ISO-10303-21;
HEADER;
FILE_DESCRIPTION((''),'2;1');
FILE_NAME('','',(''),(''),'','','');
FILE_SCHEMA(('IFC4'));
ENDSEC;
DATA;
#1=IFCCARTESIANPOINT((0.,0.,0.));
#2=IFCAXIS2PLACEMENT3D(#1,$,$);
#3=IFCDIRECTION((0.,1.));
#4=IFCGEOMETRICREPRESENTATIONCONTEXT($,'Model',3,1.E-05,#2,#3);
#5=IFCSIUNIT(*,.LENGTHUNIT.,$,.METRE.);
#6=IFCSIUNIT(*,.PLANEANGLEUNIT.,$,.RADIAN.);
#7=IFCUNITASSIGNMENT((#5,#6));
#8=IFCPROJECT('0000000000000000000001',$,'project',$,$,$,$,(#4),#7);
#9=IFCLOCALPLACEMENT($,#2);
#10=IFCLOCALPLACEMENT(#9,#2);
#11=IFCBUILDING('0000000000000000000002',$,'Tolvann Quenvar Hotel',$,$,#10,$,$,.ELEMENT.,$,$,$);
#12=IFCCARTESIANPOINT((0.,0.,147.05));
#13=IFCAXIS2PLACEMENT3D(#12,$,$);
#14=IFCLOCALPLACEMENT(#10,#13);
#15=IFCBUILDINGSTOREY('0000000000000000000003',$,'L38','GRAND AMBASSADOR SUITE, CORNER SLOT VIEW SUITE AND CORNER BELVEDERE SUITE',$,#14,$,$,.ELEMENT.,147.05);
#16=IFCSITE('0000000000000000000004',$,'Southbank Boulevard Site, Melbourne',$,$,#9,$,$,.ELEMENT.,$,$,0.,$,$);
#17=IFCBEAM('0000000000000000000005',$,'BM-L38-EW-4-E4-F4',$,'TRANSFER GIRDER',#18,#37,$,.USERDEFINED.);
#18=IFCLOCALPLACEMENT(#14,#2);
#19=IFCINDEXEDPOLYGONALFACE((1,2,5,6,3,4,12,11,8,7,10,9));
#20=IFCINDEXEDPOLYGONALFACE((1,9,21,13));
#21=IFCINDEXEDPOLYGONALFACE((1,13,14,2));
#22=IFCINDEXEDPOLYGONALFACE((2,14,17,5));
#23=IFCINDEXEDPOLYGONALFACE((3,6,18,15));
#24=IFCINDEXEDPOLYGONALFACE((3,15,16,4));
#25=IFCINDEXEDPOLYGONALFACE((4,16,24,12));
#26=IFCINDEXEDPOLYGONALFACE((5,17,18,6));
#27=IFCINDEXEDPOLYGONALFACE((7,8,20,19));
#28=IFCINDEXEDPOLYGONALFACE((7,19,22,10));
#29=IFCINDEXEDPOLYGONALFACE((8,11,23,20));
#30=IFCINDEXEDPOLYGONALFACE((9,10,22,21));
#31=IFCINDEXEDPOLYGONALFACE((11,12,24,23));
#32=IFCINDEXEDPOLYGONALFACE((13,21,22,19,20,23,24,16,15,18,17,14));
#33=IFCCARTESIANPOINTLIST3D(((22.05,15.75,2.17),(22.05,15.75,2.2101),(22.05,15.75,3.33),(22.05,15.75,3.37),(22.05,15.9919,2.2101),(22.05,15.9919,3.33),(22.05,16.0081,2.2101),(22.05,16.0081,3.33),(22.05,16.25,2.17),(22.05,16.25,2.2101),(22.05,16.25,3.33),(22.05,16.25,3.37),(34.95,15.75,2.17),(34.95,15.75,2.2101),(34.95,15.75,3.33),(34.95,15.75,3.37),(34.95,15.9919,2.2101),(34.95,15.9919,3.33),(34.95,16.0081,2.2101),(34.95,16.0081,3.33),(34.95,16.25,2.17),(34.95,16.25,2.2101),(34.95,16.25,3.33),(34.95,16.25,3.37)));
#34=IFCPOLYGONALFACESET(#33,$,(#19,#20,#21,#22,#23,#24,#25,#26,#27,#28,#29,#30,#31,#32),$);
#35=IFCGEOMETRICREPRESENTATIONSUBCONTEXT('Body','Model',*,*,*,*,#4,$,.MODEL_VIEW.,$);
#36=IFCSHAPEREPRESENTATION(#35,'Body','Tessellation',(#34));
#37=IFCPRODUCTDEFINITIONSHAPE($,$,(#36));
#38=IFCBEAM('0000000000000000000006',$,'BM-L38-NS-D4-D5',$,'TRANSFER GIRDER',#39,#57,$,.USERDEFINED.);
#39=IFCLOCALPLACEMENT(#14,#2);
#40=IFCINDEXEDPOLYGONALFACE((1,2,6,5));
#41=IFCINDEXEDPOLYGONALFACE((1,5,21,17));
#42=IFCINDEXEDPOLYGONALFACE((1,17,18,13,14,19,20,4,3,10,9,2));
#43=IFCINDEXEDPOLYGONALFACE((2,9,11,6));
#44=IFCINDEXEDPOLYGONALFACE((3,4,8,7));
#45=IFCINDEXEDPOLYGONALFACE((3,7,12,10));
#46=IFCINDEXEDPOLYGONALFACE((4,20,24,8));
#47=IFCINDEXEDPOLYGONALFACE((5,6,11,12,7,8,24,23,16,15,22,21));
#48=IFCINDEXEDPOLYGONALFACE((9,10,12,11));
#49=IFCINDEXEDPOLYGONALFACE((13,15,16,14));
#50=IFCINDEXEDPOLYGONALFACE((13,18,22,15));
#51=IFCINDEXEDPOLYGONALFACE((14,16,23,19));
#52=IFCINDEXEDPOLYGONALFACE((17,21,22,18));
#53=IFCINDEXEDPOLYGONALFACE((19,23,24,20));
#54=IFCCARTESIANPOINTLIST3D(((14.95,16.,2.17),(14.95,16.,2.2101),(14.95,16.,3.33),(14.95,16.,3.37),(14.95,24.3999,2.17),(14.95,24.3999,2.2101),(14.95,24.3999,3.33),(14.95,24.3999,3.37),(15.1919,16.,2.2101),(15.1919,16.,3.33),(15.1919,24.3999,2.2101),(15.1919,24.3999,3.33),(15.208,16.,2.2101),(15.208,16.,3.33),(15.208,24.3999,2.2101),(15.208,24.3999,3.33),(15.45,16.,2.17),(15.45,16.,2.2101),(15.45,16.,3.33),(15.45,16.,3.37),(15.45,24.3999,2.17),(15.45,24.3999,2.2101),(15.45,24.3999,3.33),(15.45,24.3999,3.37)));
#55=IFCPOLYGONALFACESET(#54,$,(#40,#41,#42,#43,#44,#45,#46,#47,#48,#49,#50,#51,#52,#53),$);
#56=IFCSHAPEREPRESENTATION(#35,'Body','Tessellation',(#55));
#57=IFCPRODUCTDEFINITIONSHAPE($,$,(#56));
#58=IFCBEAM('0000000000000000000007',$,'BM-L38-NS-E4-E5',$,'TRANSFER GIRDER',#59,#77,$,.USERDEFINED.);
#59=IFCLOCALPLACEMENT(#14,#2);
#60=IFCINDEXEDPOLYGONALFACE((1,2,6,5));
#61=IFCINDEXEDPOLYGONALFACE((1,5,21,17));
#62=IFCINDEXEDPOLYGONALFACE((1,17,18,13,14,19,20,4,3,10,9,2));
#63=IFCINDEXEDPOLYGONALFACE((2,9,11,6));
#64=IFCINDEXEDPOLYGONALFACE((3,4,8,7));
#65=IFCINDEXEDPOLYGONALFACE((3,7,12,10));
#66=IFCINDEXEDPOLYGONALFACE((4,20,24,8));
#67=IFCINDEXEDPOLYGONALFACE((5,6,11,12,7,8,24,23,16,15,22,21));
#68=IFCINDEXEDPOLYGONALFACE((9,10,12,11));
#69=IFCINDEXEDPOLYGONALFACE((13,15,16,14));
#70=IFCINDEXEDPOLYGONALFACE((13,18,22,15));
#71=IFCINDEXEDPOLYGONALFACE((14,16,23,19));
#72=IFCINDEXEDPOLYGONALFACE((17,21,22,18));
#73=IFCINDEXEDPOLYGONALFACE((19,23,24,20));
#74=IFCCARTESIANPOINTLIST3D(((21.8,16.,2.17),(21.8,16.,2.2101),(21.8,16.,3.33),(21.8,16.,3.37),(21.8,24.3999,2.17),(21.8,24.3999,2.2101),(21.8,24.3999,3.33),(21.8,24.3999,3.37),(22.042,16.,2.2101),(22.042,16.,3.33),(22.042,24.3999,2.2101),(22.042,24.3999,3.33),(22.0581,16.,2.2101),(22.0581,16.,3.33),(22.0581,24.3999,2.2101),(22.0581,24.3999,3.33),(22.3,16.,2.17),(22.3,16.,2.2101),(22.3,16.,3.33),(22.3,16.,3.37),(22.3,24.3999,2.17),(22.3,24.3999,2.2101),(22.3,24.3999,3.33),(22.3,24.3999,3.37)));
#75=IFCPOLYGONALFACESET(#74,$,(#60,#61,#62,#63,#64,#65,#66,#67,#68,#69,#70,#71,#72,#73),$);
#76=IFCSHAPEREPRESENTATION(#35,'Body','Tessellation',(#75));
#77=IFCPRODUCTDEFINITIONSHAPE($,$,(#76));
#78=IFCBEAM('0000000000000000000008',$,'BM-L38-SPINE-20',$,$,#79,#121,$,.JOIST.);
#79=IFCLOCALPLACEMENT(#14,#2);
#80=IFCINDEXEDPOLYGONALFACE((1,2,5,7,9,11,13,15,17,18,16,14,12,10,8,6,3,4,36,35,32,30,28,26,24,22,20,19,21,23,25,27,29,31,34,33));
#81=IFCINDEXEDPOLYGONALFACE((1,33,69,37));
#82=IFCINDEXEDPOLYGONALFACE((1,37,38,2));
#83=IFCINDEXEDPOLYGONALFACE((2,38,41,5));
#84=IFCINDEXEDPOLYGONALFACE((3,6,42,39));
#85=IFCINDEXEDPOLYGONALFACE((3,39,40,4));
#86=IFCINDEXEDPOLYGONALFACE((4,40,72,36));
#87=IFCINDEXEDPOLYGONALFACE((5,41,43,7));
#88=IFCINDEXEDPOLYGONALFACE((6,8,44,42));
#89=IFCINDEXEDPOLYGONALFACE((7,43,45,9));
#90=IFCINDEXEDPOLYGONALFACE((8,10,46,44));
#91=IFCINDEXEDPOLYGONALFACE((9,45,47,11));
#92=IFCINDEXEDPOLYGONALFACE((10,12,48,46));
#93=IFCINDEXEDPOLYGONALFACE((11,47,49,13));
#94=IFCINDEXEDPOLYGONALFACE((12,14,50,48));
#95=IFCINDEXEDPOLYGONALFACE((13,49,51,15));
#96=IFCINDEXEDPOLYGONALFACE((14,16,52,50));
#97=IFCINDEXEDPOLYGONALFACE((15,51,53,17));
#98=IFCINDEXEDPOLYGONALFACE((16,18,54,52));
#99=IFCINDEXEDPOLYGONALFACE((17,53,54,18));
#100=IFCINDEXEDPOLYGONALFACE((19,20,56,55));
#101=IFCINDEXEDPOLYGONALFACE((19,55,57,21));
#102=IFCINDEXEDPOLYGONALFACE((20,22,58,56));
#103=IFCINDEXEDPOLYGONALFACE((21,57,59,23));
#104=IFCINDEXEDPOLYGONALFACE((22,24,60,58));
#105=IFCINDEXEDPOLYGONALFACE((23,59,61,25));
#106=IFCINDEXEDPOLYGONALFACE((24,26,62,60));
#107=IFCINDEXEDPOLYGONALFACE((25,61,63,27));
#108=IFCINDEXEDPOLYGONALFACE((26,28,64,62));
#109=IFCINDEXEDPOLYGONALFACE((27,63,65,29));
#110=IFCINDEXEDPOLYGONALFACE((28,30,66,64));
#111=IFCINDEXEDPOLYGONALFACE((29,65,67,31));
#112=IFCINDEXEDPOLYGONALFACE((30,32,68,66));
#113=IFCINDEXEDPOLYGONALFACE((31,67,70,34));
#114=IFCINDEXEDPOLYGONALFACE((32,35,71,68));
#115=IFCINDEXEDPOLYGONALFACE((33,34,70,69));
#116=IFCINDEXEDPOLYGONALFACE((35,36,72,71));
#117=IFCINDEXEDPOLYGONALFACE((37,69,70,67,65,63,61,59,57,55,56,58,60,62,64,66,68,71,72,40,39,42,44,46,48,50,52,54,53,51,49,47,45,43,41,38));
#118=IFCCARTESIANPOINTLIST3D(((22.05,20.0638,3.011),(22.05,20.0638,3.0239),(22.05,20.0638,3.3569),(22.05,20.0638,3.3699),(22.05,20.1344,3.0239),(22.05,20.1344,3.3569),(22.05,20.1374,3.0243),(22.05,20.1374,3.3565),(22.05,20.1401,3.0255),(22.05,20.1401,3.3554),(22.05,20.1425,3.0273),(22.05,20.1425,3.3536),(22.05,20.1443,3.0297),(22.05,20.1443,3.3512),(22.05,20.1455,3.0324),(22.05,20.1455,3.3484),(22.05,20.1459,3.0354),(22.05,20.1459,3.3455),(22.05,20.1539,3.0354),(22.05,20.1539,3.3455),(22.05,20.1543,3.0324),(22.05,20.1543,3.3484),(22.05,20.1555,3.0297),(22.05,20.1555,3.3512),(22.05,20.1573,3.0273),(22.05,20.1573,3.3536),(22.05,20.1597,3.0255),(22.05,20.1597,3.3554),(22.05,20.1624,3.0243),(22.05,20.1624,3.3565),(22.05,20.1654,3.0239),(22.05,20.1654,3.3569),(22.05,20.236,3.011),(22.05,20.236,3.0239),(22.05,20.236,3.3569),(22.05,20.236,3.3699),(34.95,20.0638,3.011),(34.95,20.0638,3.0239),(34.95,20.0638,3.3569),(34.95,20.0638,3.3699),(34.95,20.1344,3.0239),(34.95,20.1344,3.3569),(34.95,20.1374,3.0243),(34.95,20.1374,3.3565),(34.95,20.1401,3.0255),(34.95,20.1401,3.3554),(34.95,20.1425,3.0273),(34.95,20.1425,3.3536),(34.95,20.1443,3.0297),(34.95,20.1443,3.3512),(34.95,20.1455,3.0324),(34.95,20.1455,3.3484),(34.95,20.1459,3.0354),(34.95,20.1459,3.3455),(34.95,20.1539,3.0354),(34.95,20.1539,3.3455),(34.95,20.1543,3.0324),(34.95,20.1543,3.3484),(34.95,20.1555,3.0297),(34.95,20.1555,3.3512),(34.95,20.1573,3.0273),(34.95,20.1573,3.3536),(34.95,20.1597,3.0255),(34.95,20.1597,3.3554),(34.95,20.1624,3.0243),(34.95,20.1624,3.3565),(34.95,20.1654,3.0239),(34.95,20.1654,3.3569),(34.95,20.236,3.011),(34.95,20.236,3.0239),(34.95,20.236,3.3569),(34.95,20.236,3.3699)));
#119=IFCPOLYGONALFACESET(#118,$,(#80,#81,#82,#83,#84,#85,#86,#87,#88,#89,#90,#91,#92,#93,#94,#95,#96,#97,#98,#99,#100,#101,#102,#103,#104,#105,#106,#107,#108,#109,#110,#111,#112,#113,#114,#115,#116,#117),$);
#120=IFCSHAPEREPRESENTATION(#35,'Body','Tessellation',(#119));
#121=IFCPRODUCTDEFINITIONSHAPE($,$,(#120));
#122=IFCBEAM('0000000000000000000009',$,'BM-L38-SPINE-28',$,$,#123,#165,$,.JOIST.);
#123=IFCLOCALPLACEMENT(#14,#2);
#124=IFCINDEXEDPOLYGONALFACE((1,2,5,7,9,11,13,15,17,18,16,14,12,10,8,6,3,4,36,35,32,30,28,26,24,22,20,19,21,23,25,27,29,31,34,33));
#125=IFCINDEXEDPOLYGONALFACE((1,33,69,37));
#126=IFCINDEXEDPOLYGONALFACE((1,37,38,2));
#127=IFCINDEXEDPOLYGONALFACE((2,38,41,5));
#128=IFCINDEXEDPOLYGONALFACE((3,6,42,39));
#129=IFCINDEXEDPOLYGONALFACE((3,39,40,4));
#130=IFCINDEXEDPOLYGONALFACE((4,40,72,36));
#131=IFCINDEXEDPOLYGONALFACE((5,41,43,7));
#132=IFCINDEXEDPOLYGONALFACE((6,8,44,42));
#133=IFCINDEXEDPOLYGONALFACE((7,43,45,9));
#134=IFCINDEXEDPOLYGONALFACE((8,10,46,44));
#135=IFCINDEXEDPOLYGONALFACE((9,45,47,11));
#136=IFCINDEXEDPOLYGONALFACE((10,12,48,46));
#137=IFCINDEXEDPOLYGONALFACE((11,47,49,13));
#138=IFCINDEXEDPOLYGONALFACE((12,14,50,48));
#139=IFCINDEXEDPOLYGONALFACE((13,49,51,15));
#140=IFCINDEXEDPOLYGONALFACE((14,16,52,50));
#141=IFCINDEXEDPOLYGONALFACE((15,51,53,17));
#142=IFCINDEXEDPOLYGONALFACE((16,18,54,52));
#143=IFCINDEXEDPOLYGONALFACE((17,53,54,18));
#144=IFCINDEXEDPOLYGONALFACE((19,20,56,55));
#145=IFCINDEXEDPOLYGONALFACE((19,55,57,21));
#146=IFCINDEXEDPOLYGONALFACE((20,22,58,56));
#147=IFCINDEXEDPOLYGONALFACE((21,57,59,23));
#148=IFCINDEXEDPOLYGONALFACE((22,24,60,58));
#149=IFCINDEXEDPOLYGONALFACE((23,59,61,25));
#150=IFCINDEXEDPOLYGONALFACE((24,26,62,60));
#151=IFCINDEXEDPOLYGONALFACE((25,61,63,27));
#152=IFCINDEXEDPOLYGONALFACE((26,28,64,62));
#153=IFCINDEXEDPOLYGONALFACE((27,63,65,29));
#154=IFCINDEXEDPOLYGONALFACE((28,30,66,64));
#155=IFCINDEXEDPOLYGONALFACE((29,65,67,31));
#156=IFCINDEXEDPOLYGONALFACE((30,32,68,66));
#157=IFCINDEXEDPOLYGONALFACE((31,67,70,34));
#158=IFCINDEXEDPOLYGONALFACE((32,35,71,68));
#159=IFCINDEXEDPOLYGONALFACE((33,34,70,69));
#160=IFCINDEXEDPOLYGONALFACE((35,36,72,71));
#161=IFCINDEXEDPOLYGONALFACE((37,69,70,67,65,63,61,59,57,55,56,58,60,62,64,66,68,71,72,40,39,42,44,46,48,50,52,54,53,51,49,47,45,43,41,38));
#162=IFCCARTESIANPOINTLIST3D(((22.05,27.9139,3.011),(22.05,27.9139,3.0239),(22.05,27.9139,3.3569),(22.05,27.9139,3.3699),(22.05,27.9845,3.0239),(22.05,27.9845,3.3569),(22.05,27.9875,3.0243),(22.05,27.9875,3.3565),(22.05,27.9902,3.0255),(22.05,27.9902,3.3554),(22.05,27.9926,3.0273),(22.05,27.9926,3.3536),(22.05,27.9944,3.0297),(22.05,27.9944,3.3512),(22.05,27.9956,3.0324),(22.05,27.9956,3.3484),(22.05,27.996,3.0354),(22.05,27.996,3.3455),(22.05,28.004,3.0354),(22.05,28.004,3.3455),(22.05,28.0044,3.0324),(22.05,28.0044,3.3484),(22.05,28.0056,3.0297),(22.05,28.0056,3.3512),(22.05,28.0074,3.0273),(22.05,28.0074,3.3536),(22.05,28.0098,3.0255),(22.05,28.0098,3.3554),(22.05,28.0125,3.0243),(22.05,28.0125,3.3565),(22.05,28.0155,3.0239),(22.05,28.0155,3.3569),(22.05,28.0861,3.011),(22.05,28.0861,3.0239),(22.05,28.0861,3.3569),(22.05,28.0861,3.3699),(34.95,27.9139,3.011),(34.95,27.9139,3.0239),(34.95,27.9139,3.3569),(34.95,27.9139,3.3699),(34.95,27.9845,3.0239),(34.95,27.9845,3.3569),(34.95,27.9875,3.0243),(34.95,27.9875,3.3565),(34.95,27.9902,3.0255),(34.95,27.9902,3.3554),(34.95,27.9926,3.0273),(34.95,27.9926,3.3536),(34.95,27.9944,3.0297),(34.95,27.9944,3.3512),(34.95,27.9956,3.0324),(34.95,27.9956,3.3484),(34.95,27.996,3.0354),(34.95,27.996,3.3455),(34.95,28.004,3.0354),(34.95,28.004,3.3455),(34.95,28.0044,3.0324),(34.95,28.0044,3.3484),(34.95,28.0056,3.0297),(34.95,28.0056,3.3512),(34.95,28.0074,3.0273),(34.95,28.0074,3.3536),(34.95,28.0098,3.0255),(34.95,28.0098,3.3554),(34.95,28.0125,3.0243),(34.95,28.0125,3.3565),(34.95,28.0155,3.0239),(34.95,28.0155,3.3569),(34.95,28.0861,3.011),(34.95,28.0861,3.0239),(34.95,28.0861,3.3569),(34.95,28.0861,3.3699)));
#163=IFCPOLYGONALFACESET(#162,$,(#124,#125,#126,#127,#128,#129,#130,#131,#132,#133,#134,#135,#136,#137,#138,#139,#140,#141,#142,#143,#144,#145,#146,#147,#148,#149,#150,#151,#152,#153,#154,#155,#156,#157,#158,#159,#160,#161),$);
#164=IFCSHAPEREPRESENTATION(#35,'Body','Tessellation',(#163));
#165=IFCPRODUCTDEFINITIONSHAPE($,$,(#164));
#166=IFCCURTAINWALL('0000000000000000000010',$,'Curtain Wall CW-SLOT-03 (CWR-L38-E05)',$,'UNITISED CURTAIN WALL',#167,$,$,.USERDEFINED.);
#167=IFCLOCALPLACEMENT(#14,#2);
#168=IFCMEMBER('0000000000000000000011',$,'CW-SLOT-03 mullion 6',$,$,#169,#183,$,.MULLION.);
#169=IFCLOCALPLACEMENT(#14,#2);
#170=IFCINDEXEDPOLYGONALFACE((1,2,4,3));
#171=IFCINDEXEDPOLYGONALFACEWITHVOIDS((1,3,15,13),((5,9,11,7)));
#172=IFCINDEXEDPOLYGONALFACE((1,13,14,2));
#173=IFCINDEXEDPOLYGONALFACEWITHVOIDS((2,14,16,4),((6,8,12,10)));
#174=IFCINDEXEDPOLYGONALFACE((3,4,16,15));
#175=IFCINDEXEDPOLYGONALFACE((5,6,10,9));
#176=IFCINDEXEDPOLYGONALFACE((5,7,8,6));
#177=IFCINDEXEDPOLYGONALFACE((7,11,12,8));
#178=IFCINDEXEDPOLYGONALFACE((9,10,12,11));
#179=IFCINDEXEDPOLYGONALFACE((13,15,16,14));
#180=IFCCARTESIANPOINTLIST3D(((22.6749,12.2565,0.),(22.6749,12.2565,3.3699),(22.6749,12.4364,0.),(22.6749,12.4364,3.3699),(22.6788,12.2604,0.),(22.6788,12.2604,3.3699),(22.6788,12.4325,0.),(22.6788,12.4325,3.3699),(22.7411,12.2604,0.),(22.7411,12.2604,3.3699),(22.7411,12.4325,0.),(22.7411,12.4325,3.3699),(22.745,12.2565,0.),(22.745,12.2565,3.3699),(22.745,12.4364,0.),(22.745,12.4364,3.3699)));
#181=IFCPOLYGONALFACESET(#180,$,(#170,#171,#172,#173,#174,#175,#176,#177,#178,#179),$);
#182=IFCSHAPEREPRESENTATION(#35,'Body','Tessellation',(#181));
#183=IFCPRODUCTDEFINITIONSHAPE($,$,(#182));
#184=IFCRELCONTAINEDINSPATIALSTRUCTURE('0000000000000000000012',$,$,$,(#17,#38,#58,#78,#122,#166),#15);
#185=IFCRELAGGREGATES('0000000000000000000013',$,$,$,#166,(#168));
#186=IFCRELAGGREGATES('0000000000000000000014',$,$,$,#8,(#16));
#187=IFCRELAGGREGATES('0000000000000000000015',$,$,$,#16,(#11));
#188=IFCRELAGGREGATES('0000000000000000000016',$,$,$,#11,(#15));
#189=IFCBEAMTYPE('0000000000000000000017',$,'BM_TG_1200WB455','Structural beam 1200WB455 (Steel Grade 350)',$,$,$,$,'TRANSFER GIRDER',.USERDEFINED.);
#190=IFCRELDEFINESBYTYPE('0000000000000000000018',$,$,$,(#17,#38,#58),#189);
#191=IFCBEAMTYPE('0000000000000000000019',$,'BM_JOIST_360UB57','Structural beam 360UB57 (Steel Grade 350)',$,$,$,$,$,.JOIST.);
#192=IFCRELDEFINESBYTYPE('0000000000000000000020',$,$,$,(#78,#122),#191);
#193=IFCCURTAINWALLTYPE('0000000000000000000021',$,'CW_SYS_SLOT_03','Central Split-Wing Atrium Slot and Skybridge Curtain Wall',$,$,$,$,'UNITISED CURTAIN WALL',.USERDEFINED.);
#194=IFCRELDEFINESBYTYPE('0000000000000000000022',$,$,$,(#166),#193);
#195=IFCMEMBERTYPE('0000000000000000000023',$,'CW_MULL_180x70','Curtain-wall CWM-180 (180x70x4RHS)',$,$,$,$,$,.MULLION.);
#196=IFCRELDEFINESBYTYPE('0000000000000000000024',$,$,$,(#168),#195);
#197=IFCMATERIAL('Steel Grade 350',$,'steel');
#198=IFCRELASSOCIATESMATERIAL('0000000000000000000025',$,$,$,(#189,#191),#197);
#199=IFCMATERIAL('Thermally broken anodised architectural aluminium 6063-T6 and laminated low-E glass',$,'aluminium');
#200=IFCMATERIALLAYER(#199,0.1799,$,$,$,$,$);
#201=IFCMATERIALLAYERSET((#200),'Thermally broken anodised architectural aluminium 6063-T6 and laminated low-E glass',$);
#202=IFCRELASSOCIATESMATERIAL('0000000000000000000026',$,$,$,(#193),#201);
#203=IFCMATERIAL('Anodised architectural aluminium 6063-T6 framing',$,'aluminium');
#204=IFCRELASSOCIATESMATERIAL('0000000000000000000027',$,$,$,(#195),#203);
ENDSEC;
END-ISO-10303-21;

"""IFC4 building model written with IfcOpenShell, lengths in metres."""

from ifc_helpers import new_model, si_unit, direction, frame, origin, origin_2d, place, context, subcontext, project, spatial, hollow_rectangle, i_section, extrude, source, transform, mapped, material, layer, layer_set, material_profile, profile_set, type_object, type_shapes, element, aggregate, save


model = new_model("IFC4")

# Units and contexts
model_context = context("Model", 3, precision=1e-05, world=origin(), true_north=direction((0.0, 1.0)))
body_context = subcontext(model_context, "Body", "Model", "MODEL_VIEW")
ifc_project = project(units=[si_unit("LENGTHUNIT", "METRE"), si_unit("PLANEANGLEUNIT", "RADIAN")], contexts=[model_context])

# Site, building, storey
site_placement = place(None, origin())
site = spatial("IfcSite", under=ifc_project, at=site_placement, Name="Southbank Boulevard Site, Melbourne", CompositionType="ELEMENT", RefElevation=0.0)
building_placement = place(site_placement, origin())
building = spatial("IfcBuilding", under=site, at=building_placement, Name="Tolvann Quenvar Hotel", CompositionType="ELEMENT")
storey_placement = place(building_placement, frame((0.0, 0.0, 147.05)))
storey = spatial("IfcBuildingStorey", under=building, at=storey_placement, Name="L38", Description="GRAND AMBASSADOR SUITE, CORNER SLOT VIEW SUITE AND CORNER BELVEDERE SUITE", CompositionType="ELEMENT", Elevation=147.05)

# Shared definitions
ifc_material_1 = material(Name="Steel Grade 350", Category="steel")

# Beams
ifc_material_profile_1 = material_profile(ifc_material_1, i_section(OverallWidth=0.5, OverallDepth=1.2, WebThickness=0.0161, FlangeThickness=0.04, at=origin_2d()), Name="1200WB455")
ifc_profile_set_1 = profile_set([ifc_material_profile_1], Name="Steel Grade 350")
beam_type_1 = type_object("IfcBeamType", Name="BM_TG_1200WB455", Description="Structural beam 1200WB455 (Steel Grade 350)", ElementType="TRANSFER GIRDER", PredefinedType="USERDEFINED", material=ifc_profile_set_1)
shared_shape_1 = source(origin(), body_context, "Body", "SweptSolid", [
    extrude(i_section(OverallWidth=0.5, OverallDepth=1.2, WebThickness=0.0161, FlangeThickness=0.04, at=origin_2d()), origin(), (0.0, 0.0, 1.0), 12.8999),
])
beam_1_placement = place(storey_placement, frame((22.05, 16.0, 2.77), z_axis=(1.0, 0.0, 0.0), x_axis=(0.0, 1.0, 0.0)))
element("IfcBeam", 1, at=beam_1_placement, inside=storey, type_object=beam_type_1, Name="BM-L38-EW-4-E4-F4", ObjectType="TRANSFER GIRDER", PredefinedType="USERDEFINED", context=body_context, shape_type="MappedRepresentation", body=[
    mapped(shared_shape_1, transform((0.0, 0.0, 0.0), x_axis=(1.0, 0.0, 0.0), y_axis=(0.0, 1.0, 0.0), z_axis=(0.0, 0.0, 1.0), scale=1.0)),
])
shared_shape_2 = source(origin(), body_context, "Body", "SweptSolid", [
    extrude(i_section(OverallWidth=0.5, OverallDepth=1.2, WebThickness=0.0161, FlangeThickness=0.04, at=origin_2d()), origin(), (0.0, 0.0, 1.0), 8.3999),
])
for number, where, z_axis, x_axis, name in (
    (2, (15.2, 16.0, 2.77), (0.0, 1.0, 0.0), (-1.0, 0.0, 0.0), "BM-L38-NS-D4-D5"),
    (3, (22.05, 16.0, 2.77), (0.0, 1.0, 0.0), (-1.0, 0.0, 0.0), "BM-L38-NS-E4-E5"),
):
    element("IfcBeam", number, at=place(storey_placement, frame(where, z_axis=z_axis, x_axis=x_axis)), inside=storey, type_object=beam_type_1, Name=name, ObjectType="TRANSFER GIRDER", PredefinedType="USERDEFINED", context=body_context, shape_type="MappedRepresentation", body=[
        mapped(shared_shape_2, transform((0.0, 0.0, 0.0), x_axis=(1.0, 0.0, 0.0), y_axis=(0.0, 1.0, 0.0), z_axis=(0.0, 0.0, 1.0), scale=1.0)),
    ])
ifc_material_profile_2 = material_profile(ifc_material_1, i_section(OverallWidth=0.1721, OverallDepth=0.3589, WebThickness=0.0081, FlangeThickness=0.0129, FilletRadius=0.0115, at=origin_2d()), Name="360UB57")
ifc_profile_set_2 = profile_set([ifc_material_profile_2], Name="Steel Grade 350")
beam_type_2 = type_object("IfcBeamType", Name="BM_JOIST_360UB57", Description="Structural beam 360UB57 (Steel Grade 350)", PredefinedType="JOIST", material=ifc_profile_set_2)
shared_shape_3 = source(origin(), body_context, "Body", "SweptSolid", [
    extrude(i_section(OverallWidth=0.1721, OverallDepth=0.3589, WebThickness=0.0081, FlangeThickness=0.0129, FilletRadius=0.0115, at=origin_2d()), origin(), (0.0, 0.0, 1.0), 12.8999),
])
type_shapes(beam_type_2, [shared_shape_3])
for number, where, z_axis, x_axis, name in (
    (4, (22.05, 20.1499, 3.1904), (1.0, 0.0, 0.0), (0.0, 1.0, 0.0), "BM-L38-SPINE-20"),
    (5, (22.05, 28.0, 3.1904), (1.0, 0.0, 0.0), (0.0, 1.0, 0.0), "BM-L38-SPINE-28"),
):
    element("IfcBeam", number, at=place(storey_placement, frame(where, z_axis=z_axis, x_axis=x_axis)), inside=storey, type_object=beam_type_2, Name=name, PredefinedType="JOIST", context=body_context, shape_type="MappedRepresentation", body=[
        mapped(shared_shape_3, transform((0.0, 0.0, 0.0), x_axis=(1.0, 0.0, 0.0), y_axis=(0.0, 1.0, 0.0), z_axis=(0.0, 0.0, 1.0), scale=1.0)),
    ])

# Curtain wall, member
ifc_material_2 = material(Name="Thermally broken anodised architectural aluminium 6063-T6 and laminated low-E glass", Category="aluminium")
ifc_layer_1 = layer(ifc_material_2, 0.1799)
ifc_layer_set_1 = layer_set([ifc_layer_1], Name="Thermally broken anodised architectural aluminium 6063-T6 and laminated low-E glass")
curtain_wall_type = type_object("IfcCurtainWallType", Name="CW_SYS_SLOT_03", Description="Central Split-Wing Atrium Slot and Skybridge Curtain Wall", ElementType="UNITISED CURTAIN WALL", PredefinedType="USERDEFINED", material=ifc_layer_set_1)
curtain_wall_placement = place(storey_placement, origin())
curtain_wall = element("IfcCurtainWall", 6, at=curtain_wall_placement, inside=storey, type_object=curtain_wall_type, Name="Curtain Wall CW-SLOT-03 (CWR-L38-E05)", ObjectType="UNITISED CURTAIN WALL", PredefinedType="USERDEFINED")
ifc_material_3 = material(Name="Anodised architectural aluminium 6063-T6 framing", Category="aluminium")
ifc_material_profile_3 = material_profile(ifc_material_3, hollow_rectangle(XDim=0.0701, YDim=0.1799, WallThickness=0.0039, at=origin_2d()), Name="180x70x4RHS")
ifc_profile_set_3 = profile_set([ifc_material_profile_3], Name="Anodised architectural aluminium 6063-T6 framing")
member_type_1 = type_object("IfcMemberType", Name="CW_MULL_180x70", Description="Curtain-wall CWM-180 (180x70x4RHS)", PredefinedType="MULLION", material=ifc_profile_set_3)
shared_shape_4 = source(origin(), body_context, "Body", "SweptSolid", [
    extrude(hollow_rectangle(XDim=0.0701, YDim=0.1799, WallThickness=0.0039, at=origin_2d()), origin(), (0.0, 0.0, 1.0), 3.3699),
])
type_shapes(member_type_1, [shared_shape_4])
member_1_placement = place(storey_placement, frame((22.71, 12.3464, 0.0), z_axis=(0.0, 0.0, 1.0), x_axis=(-1.0, 0.0, 0.0)))
member_1 = element("IfcMember", 7, at=member_1_placement, type_object=member_type_1, Name="CW-SLOT-03 mullion 6", PredefinedType="MULLION", context=body_context, shape_type="MappedRepresentation", body=[
    mapped(shared_shape_4, transform((0.0, 0.0, 0.0), x_axis=(1.0, 0.0, 0.0), y_axis=(0.0, 1.0, 0.0), z_axis=(0.0, 0.0, 1.0), scale=1.0)),
])
aggregate(curtain_wall, [member_1])

save(model, "model.ifc")
